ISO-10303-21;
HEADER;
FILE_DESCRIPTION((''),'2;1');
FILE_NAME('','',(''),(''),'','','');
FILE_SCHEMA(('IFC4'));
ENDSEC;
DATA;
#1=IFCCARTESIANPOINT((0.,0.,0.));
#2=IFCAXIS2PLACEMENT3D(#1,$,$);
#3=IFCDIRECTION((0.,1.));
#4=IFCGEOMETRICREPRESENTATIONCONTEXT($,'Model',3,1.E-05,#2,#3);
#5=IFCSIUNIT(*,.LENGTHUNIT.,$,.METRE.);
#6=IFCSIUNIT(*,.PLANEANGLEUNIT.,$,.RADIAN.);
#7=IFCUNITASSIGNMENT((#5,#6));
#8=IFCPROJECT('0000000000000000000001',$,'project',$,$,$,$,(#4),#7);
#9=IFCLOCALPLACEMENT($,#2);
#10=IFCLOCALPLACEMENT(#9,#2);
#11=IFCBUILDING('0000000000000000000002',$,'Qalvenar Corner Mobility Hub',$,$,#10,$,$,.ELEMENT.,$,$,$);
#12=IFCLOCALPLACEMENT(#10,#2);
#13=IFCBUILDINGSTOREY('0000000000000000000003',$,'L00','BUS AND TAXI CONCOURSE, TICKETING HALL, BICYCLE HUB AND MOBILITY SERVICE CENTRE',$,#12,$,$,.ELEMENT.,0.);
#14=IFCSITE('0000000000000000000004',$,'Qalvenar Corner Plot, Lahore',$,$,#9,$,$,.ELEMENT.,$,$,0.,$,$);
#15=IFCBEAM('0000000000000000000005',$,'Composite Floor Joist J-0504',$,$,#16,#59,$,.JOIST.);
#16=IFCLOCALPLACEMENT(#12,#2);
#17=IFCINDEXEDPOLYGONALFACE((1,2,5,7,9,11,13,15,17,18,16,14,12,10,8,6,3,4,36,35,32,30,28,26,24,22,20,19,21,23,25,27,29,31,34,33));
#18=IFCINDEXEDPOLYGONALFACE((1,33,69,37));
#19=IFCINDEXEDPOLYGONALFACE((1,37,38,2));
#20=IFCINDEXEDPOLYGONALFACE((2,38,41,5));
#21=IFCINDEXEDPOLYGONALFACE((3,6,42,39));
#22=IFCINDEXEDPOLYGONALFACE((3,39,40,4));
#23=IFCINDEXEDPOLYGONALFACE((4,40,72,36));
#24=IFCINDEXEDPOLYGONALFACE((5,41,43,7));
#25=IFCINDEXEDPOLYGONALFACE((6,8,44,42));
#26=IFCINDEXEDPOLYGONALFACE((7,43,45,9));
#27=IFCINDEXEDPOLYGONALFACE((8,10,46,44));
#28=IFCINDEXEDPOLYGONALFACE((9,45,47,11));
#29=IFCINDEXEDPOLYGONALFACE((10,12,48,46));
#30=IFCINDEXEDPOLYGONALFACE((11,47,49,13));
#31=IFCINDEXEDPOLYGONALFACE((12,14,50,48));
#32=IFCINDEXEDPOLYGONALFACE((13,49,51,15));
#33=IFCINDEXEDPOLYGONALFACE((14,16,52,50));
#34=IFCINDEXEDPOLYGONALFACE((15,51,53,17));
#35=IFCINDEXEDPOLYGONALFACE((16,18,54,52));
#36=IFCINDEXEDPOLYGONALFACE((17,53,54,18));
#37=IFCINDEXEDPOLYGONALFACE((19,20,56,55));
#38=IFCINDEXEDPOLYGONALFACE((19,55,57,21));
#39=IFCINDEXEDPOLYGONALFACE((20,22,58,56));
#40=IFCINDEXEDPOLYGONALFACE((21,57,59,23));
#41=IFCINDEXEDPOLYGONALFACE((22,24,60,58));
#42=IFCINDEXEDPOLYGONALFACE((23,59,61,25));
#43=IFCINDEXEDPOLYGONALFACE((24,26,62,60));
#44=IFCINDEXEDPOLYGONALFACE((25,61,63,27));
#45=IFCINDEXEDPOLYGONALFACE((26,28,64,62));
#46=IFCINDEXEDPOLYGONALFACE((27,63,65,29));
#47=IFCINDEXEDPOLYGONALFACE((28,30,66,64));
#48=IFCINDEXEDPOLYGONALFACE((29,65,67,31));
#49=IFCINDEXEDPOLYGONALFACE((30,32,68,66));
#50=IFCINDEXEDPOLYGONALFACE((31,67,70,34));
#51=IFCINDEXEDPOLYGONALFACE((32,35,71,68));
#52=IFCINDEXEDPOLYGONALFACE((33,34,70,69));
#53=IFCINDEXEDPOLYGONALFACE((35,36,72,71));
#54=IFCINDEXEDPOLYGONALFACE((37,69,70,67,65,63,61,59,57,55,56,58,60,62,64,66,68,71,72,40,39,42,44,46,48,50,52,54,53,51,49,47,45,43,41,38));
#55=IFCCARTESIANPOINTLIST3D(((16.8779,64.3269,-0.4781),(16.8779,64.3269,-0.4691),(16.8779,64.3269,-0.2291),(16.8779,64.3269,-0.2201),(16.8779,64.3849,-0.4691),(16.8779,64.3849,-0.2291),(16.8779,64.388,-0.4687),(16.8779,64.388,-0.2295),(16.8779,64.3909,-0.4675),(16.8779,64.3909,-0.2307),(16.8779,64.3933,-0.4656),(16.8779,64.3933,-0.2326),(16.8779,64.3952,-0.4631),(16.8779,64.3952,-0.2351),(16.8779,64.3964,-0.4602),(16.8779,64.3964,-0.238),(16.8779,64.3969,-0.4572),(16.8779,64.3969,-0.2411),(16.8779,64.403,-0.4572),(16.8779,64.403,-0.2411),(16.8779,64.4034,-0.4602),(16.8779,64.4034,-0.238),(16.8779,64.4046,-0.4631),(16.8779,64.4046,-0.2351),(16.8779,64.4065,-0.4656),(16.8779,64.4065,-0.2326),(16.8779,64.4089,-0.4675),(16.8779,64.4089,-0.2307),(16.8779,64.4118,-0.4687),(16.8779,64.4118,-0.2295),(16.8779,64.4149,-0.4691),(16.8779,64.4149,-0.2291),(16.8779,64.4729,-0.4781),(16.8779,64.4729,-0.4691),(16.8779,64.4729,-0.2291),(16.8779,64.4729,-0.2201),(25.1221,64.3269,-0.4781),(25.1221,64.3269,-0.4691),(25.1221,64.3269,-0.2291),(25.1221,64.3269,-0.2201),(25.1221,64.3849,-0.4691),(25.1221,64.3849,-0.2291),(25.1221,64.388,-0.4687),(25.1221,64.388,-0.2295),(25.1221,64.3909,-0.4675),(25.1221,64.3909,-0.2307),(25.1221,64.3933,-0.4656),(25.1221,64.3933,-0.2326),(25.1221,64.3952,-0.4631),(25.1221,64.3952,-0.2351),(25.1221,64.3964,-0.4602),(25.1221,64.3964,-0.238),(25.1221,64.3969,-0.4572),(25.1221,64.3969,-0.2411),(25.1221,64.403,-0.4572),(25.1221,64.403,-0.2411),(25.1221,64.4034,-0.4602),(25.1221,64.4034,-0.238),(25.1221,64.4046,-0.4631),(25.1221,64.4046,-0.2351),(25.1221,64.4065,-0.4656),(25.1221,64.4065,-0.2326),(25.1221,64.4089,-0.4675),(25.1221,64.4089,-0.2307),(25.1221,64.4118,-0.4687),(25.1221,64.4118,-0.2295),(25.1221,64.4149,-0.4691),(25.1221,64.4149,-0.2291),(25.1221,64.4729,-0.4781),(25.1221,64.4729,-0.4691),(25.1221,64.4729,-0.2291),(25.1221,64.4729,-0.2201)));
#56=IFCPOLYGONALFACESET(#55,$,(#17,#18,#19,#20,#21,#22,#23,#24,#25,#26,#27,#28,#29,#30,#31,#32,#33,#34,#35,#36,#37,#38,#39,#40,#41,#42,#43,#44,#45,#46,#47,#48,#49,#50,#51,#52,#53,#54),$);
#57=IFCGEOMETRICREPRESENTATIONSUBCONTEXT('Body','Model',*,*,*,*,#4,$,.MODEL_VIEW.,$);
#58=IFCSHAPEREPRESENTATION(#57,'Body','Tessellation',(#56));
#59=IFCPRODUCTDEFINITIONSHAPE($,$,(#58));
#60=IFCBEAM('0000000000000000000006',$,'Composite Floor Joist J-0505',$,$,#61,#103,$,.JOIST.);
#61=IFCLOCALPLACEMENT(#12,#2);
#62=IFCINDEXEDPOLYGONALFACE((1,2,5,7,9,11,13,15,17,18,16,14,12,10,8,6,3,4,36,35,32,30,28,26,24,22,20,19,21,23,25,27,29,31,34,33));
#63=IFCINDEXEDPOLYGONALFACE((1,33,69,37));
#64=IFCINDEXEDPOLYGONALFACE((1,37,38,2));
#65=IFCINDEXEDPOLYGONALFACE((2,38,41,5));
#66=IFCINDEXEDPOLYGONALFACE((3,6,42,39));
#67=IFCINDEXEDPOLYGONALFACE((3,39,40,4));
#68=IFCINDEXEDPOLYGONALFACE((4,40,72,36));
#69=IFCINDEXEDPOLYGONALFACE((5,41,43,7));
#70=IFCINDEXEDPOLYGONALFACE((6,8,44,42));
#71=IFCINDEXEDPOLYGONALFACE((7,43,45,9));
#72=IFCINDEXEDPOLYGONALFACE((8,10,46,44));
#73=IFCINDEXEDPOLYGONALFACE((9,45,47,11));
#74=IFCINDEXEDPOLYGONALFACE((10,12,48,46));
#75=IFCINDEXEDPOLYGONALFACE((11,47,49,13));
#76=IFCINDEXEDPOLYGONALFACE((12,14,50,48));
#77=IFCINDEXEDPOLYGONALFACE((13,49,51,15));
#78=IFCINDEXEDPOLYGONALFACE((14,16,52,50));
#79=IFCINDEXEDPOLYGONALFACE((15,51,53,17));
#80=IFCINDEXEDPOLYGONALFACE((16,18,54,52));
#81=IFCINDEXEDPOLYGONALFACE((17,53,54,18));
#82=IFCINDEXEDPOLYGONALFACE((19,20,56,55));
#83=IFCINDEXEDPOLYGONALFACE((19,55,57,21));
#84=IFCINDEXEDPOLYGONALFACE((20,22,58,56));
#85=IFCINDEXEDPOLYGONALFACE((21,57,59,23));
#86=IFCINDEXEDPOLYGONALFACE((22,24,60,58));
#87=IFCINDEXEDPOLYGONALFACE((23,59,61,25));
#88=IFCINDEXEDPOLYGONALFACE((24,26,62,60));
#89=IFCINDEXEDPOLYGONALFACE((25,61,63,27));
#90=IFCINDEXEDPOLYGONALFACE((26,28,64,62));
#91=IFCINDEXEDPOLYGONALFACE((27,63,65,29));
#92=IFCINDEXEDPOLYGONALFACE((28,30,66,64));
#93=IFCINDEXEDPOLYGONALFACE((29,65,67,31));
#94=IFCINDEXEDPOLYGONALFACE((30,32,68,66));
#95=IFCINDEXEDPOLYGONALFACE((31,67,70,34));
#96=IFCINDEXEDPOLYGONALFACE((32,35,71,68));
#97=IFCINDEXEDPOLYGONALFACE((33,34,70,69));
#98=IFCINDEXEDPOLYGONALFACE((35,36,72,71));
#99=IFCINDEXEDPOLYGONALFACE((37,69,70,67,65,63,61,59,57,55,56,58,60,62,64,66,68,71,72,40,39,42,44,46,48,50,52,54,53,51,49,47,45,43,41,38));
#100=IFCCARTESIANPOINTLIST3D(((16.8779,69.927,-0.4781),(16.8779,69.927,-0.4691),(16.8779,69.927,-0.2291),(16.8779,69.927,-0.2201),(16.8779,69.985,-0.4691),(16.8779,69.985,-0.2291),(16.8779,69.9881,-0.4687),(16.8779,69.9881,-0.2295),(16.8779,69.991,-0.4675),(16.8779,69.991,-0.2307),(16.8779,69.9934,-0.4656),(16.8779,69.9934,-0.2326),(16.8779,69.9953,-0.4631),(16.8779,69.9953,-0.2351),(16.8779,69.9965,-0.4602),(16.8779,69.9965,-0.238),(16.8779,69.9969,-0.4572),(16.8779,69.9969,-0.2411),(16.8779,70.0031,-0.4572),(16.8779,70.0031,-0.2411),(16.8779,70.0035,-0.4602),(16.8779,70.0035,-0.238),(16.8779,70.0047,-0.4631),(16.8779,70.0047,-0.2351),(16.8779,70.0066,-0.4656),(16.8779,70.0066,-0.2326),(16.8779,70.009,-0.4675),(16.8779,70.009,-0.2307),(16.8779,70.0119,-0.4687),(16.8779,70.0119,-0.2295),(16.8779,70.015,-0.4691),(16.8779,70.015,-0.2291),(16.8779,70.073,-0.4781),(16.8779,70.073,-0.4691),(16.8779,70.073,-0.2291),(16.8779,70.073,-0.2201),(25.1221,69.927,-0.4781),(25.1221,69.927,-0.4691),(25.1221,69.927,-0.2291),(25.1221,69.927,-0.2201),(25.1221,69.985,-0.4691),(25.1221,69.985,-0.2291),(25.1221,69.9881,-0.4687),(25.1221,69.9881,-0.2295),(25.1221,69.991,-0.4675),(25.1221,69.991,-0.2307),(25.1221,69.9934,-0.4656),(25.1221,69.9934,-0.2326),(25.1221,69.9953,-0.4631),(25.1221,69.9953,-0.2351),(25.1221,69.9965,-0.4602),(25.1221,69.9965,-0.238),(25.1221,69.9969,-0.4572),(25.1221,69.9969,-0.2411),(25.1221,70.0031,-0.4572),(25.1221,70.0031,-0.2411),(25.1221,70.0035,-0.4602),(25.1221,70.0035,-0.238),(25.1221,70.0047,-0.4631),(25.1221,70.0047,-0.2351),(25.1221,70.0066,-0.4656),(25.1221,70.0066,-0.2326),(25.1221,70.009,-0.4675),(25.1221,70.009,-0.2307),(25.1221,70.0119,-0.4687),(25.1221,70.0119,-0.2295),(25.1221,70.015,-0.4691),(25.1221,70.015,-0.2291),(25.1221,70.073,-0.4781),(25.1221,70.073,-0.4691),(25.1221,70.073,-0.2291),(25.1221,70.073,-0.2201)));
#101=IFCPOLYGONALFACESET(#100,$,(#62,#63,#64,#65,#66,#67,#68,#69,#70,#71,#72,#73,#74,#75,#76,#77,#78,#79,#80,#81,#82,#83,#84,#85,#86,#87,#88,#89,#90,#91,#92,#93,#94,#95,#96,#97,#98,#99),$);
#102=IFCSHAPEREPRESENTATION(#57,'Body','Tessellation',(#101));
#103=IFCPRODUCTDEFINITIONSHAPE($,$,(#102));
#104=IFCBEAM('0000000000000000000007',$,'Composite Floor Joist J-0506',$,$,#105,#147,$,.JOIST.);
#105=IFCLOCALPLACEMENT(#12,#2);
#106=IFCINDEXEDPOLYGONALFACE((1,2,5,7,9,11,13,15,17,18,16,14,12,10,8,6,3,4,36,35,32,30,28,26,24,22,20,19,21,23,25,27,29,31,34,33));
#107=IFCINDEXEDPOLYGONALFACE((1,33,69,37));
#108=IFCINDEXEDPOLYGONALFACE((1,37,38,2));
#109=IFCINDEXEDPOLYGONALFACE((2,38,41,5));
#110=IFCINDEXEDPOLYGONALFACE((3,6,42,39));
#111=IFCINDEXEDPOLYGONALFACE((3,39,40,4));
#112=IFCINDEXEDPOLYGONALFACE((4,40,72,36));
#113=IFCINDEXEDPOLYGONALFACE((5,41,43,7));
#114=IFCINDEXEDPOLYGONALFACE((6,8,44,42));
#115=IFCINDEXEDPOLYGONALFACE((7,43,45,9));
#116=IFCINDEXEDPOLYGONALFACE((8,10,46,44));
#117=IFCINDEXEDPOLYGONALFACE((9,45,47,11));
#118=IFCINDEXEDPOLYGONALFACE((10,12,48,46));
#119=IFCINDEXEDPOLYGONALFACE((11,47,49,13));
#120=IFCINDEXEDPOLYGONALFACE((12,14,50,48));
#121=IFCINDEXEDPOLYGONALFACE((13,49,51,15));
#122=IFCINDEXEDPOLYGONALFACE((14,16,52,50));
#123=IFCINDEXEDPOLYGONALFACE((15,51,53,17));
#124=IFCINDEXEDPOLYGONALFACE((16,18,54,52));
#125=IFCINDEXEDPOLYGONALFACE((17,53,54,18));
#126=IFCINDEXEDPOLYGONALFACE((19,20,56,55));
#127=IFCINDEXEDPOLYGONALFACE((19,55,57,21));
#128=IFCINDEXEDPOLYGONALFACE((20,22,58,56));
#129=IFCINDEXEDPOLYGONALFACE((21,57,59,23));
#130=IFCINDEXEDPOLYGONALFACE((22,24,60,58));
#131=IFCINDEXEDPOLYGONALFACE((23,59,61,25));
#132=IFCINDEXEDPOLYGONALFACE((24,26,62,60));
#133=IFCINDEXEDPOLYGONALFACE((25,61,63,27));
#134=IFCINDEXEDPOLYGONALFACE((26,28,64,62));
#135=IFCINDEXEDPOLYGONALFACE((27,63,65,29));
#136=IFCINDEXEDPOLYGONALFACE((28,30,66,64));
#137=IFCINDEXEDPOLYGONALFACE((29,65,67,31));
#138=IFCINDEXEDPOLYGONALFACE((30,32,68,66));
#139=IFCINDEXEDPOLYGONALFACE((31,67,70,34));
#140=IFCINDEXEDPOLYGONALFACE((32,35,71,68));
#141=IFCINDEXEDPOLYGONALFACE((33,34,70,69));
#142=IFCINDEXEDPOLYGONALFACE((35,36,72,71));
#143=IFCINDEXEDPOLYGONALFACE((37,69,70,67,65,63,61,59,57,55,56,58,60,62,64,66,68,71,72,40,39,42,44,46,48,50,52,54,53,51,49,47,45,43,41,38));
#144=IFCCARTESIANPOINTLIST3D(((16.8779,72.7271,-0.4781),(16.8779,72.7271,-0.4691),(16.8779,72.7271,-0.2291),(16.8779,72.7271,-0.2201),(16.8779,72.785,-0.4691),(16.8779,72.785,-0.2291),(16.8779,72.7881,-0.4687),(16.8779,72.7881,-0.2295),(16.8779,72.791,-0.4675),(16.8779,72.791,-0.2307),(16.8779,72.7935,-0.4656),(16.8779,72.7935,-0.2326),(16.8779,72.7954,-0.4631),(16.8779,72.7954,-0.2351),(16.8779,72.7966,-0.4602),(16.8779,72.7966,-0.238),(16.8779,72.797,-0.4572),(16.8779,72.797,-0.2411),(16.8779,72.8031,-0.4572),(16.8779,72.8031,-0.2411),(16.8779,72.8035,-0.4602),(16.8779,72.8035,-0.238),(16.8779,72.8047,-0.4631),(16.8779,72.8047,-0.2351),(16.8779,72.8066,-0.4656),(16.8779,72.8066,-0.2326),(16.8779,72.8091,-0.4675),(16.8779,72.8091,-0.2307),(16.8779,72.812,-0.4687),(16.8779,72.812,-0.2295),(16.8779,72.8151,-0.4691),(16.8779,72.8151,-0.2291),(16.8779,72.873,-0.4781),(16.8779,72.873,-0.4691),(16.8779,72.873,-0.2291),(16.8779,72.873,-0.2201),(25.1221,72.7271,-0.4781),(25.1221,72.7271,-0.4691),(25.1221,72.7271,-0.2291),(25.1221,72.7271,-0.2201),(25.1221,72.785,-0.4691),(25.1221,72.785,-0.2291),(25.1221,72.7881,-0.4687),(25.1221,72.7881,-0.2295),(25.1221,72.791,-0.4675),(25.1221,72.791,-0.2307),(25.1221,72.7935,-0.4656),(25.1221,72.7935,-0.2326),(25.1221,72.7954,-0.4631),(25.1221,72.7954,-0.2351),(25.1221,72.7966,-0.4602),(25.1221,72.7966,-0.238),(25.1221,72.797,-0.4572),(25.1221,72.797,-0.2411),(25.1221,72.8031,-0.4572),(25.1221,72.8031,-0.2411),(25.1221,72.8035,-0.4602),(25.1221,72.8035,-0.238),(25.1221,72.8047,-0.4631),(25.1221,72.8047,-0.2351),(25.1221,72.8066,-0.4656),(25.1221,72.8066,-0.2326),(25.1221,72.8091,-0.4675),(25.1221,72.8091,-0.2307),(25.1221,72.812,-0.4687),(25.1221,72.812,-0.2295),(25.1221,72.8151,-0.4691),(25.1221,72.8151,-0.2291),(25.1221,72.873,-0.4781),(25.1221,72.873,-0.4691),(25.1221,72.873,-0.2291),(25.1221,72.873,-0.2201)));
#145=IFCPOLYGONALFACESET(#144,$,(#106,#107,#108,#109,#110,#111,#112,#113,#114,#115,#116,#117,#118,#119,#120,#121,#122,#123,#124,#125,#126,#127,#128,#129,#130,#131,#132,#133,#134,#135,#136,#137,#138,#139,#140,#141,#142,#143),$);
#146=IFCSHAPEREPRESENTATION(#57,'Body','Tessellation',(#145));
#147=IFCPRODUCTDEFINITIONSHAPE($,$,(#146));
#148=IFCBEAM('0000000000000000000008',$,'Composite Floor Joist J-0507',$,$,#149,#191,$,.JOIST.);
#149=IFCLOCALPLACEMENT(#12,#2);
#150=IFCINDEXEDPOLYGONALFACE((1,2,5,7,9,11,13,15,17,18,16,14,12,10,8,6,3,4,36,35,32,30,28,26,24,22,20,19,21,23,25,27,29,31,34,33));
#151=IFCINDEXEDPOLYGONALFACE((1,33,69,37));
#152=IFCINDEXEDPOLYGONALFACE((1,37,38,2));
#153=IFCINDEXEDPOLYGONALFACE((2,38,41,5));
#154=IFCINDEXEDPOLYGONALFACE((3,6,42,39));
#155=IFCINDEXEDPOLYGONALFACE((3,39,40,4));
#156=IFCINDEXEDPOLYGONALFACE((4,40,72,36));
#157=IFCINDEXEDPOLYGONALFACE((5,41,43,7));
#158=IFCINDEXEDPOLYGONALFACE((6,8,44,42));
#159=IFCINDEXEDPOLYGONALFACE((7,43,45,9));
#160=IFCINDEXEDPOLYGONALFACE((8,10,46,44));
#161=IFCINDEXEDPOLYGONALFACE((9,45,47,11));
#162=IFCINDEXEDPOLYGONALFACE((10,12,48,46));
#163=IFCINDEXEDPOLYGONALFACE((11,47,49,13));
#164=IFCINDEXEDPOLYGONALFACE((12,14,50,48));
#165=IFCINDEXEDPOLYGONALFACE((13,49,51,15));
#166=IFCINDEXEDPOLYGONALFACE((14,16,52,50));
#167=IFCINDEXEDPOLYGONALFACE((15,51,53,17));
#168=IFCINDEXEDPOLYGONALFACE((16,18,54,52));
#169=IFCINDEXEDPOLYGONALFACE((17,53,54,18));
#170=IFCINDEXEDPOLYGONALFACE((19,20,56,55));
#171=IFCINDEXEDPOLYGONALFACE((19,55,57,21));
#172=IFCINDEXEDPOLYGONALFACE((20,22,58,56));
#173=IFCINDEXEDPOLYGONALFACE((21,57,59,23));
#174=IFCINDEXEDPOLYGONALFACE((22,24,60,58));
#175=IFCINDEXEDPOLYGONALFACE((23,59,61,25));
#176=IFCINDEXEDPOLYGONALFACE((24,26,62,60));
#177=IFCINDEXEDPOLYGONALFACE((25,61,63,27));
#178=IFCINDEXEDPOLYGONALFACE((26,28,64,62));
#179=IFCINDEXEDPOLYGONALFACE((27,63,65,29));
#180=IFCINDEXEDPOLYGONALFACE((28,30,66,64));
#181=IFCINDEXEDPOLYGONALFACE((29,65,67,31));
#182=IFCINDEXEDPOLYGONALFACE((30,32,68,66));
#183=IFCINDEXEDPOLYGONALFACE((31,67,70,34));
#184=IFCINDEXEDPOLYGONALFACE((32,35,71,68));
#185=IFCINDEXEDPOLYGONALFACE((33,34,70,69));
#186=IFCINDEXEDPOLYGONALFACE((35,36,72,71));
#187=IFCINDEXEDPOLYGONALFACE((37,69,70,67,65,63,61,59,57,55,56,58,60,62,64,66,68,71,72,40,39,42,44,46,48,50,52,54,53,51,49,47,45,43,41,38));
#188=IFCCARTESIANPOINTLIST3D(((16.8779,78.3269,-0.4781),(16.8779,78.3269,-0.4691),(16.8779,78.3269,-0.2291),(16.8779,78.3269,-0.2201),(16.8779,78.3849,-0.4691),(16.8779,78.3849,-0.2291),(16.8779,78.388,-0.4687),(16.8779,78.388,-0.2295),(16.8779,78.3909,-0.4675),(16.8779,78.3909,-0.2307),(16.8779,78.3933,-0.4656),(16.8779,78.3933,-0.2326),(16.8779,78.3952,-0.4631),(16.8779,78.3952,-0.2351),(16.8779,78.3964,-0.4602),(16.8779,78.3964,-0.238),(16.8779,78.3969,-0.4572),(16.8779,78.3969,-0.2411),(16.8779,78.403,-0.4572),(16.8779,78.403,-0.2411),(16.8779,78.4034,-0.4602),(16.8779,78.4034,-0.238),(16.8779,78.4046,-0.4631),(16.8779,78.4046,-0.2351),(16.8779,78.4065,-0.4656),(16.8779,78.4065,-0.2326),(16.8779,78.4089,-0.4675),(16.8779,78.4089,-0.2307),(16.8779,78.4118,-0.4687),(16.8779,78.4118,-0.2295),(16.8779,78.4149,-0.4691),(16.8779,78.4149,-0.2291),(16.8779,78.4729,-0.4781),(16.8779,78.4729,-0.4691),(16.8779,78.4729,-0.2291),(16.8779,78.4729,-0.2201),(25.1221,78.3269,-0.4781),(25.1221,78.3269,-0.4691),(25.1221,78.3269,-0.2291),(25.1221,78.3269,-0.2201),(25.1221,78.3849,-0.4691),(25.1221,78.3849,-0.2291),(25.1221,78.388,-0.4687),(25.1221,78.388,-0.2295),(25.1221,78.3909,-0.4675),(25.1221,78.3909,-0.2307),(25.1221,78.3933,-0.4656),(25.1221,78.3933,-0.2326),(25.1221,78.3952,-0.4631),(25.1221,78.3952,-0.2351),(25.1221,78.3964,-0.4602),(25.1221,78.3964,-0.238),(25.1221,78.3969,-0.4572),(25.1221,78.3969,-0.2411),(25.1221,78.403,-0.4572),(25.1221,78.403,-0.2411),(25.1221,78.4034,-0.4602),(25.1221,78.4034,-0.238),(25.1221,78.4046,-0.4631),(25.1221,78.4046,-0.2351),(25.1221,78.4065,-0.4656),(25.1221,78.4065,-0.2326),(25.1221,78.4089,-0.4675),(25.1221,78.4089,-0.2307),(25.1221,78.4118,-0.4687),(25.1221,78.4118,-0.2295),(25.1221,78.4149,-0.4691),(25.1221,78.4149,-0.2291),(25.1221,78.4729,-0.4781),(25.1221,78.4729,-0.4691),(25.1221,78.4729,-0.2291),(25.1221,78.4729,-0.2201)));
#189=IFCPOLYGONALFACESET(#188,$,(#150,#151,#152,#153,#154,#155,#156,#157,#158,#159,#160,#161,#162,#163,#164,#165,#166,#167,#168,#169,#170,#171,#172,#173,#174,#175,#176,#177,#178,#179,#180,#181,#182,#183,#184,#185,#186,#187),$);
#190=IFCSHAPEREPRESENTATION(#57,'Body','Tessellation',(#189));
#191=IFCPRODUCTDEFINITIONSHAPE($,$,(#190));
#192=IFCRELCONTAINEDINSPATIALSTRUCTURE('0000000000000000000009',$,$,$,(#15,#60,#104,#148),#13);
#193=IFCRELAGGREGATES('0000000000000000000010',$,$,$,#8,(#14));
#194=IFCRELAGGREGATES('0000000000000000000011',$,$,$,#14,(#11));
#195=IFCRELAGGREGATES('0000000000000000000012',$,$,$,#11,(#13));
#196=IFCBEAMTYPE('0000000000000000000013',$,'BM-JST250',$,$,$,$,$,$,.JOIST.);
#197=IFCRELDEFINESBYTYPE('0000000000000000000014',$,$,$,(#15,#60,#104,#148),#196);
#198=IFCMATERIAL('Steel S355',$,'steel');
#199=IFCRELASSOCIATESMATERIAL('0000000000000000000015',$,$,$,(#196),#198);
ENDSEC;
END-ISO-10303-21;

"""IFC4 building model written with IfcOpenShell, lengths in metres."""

from ifc_helpers import new_model, si_unit, direction, frame, origin, origin_2d, place, context, subcontext, project, spatial, i_section, extrude, material, material_profile, profile_set, type_object, element, save


model = new_model("IFC4")

# Units and contexts
model_context = context("Model", 3, precision=1e-05, world=origin(), true_north=direction((0.0, 1.0)))
body_context = subcontext(model_context, "Body", "Model", "MODEL_VIEW")
ifc_project = project(units=[si_unit("LENGTHUNIT", "METRE"), si_unit("PLANEANGLEUNIT", "RADIAN")], contexts=[model_context])

# Site, building, storey
site_placement = place(None, origin())
site = spatial("IfcSite", under=ifc_project, at=site_placement, Name="Qalvenar Corner Plot, Lahore", CompositionType="ELEMENT", RefElevation=0.0)
building_placement = place(site_placement, origin())
building = spatial("IfcBuilding", under=site, at=building_placement, Name="Qalvenar Corner Mobility Hub", CompositionType="ELEMENT")
storey_placement = place(building_placement, origin())
storey = spatial("IfcBuildingStorey", under=building, at=storey_placement, Name="L00", Description="BUS AND TAXI CONCOURSE, TICKETING HALL, BICYCLE HUB AND MOBILITY SERVICE CENTRE", CompositionType="ELEMENT", Elevation=0.0)

# Shared definitions
ifc_material_1 = material(Name="Steel S355", Category="steel")

# Beams
ifc_material_profile_1 = material_profile(ifc_material_1, i_section(OverallWidth=0.146, OverallDepth=0.2581, WebThickness=0.0061, FlangeThickness=0.009, FilletRadius=0.012, at=origin_2d()), Name="W250x32.7")
ifc_profile_set_1 = profile_set([ifc_material_profile_1], Name="Steel S355")
beam_type_1 = type_object("IfcBeamType", Name="BM-JST250", PredefinedType="JOIST", material=ifc_profile_set_1)
for number, where, z_axis, x_axis, name in (
    (1, (16.8779, 64.3999, -0.3491), (1.0, 0.0, 0.0), (0.0, 1.0, 0.0), "Composite Floor Joist J-0504"),
    (2, (16.8779, 70.0, -0.3491), (1.0, 0.0, 0.0), (0.0, 1.0, 0.0), "Composite Floor Joist J-0505"),
    (3, (16.8779, 72.8, -0.3491), (1.0, 0.0, 0.0), (0.0, 1.0, 0.0), "Composite Floor Joist J-0506"),
    (4, (16.8779, 78.3999, -0.3491), (1.0, 0.0, 0.0), (0.0, 1.0, 0.0), "Composite Floor Joist J-0507"),
):
    element("IfcBeam", number, at=place(storey_placement, frame(where, z_axis=z_axis, x_axis=x_axis)), inside=storey, type_object=beam_type_1, Name=name, PredefinedType="JOIST", context=body_context, shape_type="SweptSolid", body=[
        extrude(i_section(OverallWidth=0.146, OverallDepth=0.2581, WebThickness=0.0061, FlangeThickness=0.009, FilletRadius=0.012, at=origin_2d()), origin(), (0.0, 0.0, 1.0), 8.2441),
    ])

save(model, "model.ifc")
